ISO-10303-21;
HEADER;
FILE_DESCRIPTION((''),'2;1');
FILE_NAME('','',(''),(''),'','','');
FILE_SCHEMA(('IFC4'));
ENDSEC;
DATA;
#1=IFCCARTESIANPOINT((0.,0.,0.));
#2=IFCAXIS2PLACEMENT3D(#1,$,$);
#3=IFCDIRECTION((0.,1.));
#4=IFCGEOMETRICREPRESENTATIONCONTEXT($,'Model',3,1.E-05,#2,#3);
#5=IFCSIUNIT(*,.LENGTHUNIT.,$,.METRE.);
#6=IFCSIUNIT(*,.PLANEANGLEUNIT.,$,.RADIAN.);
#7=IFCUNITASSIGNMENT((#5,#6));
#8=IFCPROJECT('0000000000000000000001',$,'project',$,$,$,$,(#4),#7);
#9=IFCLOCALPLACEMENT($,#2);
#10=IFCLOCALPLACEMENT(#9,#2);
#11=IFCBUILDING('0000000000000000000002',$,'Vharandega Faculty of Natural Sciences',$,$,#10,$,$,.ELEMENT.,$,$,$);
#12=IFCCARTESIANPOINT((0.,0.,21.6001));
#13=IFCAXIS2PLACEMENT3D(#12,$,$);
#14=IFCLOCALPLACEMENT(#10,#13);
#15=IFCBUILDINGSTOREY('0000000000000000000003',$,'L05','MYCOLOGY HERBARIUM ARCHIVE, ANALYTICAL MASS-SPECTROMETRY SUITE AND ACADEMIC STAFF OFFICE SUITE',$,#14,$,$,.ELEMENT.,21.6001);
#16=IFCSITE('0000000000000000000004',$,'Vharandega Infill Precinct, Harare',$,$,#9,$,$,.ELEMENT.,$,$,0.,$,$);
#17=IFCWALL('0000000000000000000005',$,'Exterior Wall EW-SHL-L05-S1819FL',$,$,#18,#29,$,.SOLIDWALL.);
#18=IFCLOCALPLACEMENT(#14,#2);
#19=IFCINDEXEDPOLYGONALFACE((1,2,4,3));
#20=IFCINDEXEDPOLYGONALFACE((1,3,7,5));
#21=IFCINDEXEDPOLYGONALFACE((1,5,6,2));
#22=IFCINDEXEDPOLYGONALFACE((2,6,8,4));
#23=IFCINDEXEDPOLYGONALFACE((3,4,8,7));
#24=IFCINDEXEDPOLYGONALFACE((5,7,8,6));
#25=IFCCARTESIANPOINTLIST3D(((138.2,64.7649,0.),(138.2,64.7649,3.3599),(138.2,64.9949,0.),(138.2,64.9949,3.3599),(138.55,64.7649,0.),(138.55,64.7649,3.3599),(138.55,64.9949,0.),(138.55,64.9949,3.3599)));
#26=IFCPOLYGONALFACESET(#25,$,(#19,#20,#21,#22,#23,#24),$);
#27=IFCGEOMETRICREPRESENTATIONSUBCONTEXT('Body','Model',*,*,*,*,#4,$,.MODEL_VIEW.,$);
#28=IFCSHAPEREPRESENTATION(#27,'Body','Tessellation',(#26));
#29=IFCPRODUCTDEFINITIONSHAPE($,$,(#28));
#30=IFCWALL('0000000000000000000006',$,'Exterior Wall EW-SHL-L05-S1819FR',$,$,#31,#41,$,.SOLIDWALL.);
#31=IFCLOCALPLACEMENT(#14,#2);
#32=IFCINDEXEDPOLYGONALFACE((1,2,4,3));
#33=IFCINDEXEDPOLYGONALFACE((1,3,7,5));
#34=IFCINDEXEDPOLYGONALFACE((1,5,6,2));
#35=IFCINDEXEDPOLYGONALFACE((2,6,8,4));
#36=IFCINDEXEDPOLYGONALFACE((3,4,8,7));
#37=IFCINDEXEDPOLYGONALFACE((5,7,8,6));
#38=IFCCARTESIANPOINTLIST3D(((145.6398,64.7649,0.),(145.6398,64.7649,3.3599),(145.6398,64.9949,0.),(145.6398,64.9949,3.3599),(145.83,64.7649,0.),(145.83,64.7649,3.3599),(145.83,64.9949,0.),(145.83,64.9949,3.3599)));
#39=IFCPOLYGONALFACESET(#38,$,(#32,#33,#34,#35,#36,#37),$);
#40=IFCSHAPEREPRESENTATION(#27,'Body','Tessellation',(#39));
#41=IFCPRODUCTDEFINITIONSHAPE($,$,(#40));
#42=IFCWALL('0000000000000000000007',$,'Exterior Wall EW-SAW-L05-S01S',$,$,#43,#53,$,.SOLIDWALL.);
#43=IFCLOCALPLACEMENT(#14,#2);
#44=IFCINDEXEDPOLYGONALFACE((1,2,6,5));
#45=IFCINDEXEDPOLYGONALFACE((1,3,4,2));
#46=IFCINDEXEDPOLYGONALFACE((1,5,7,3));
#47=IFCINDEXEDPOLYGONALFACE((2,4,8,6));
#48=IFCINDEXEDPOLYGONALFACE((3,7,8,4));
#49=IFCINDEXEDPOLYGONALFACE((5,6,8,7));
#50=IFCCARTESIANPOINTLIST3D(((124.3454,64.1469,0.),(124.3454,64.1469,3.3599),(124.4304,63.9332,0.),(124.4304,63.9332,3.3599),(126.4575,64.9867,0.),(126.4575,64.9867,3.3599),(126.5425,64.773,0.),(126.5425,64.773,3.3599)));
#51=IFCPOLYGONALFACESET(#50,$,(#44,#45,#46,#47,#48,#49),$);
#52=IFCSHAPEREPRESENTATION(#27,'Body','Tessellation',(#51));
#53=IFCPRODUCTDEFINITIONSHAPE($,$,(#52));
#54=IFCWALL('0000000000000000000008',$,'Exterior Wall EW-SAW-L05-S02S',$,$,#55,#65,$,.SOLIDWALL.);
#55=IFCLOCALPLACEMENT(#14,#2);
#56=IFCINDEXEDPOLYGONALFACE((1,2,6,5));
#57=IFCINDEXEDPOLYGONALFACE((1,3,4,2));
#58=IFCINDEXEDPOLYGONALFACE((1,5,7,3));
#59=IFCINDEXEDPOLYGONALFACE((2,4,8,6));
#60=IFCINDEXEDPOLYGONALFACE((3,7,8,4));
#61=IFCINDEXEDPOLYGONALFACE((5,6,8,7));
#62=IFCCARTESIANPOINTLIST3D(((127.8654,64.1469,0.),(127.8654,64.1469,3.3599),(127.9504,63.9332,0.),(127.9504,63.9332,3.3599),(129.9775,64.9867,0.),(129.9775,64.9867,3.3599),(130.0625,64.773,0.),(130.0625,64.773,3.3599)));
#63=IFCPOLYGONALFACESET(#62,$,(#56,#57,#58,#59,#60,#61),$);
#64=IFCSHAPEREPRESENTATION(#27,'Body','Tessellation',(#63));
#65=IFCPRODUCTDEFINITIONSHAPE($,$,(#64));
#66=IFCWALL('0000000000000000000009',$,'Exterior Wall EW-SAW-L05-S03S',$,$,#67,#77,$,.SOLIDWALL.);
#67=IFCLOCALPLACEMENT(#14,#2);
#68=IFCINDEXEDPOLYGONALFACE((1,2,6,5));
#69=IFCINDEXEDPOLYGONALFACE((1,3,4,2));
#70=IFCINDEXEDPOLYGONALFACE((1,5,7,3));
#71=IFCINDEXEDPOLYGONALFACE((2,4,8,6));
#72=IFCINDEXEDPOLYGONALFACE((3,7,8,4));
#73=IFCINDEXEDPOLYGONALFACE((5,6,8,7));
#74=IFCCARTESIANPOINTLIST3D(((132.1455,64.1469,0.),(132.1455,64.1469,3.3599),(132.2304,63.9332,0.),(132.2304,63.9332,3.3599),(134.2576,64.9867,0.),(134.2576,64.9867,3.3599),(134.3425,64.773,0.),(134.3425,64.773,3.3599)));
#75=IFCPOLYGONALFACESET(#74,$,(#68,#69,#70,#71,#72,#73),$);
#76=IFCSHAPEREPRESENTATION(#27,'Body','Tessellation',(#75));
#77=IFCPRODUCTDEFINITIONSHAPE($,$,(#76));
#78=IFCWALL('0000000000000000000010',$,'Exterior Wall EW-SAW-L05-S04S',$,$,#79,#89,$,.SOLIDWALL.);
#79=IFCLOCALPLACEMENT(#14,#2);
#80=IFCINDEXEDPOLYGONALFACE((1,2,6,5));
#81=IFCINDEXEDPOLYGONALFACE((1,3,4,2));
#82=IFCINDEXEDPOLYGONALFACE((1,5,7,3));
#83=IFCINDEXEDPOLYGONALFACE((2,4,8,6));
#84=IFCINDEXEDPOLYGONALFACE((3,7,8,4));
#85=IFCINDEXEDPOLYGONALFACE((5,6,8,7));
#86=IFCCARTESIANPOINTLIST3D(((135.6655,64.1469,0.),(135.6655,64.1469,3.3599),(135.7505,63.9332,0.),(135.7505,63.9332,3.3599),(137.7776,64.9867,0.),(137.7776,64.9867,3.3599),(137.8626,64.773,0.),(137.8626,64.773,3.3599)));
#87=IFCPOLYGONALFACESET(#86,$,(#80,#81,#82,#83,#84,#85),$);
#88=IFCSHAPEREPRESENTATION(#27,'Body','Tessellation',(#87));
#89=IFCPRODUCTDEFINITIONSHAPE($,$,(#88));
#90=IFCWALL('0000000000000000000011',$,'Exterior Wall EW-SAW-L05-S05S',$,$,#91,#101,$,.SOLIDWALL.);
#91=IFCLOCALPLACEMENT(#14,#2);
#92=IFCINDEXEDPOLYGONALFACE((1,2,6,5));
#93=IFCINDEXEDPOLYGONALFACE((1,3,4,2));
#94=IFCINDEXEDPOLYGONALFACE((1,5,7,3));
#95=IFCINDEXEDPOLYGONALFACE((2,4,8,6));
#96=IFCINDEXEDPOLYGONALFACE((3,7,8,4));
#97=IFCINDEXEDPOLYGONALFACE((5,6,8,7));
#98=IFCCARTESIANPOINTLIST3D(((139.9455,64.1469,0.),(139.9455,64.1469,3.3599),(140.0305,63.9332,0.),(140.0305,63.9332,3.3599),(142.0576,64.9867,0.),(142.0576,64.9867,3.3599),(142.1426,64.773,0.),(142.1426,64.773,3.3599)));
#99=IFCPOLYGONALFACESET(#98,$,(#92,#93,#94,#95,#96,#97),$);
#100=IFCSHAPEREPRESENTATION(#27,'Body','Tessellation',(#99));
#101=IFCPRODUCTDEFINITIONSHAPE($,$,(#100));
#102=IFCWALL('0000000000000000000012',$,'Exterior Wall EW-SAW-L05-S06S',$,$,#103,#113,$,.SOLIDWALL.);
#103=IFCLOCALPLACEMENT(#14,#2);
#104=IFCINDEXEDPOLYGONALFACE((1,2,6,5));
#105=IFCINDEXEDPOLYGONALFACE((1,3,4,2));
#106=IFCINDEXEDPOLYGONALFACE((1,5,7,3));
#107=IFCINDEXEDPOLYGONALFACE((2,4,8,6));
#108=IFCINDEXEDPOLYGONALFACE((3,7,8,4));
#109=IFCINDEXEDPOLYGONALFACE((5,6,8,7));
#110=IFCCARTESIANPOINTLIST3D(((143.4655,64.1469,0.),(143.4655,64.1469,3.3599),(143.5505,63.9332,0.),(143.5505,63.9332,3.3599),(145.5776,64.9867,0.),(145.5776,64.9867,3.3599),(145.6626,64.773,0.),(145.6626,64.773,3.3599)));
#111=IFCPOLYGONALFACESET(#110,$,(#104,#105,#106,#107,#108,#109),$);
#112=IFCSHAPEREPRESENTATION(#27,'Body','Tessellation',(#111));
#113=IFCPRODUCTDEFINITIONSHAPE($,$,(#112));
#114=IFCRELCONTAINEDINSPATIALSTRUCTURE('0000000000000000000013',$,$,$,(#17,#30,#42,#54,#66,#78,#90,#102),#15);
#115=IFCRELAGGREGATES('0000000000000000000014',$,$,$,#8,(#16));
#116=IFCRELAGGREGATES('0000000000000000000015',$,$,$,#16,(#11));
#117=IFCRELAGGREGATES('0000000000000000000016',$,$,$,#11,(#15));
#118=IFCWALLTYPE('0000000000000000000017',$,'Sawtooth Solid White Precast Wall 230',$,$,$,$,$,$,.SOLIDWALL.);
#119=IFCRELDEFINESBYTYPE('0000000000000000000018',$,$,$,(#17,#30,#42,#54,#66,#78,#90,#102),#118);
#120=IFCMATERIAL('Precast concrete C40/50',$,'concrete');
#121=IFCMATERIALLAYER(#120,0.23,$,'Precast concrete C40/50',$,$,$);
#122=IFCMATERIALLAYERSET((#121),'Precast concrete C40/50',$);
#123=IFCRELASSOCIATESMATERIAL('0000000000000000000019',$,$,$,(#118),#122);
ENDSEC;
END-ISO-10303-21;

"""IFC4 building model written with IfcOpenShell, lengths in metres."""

from ifc_helpers import new_model, si_unit, direction, frame, frame_2d, origin, place, context, subcontext, project, spatial, rectangle, extrude, material, layer, layer_set, type_object, element, save


model = new_model("IFC4")

# Units and contexts
model_context = context("Model", 3, precision=1e-05, world=origin(), true_north=direction((0.0, 1.0)))
body_context = subcontext(model_context, "Body", "Model", "MODEL_VIEW")
ifc_project = project(units=[si_unit("LENGTHUNIT", "METRE"), si_unit("PLANEANGLEUNIT", "RADIAN")], contexts=[model_context])

# Site, building, storey
site_placement = place(None, origin())
site = spatial("IfcSite", under=ifc_project, at=site_placement, Name="Vharandega Infill Precinct, Harare", CompositionType="ELEMENT", RefElevation=0.0)
building_placement = place(site_placement, origin())
building = spatial("IfcBuilding", under=site, at=building_placement, Name="Vharandega Faculty of Natural Sciences", CompositionType="ELEMENT")
storey_placement = place(building_placement, frame((0.0, 0.0, 21.6001)))
storey = spatial("IfcBuildingStorey", under=building, at=storey_placement, Name="L05", Description="MYCOLOGY HERBARIUM ARCHIVE, ANALYTICAL MASS-SPECTROMETRY SUITE AND ACADEMIC STAFF OFFICE SUITE", CompositionType="ELEMENT", Elevation=21.6001)

# Walls
ifc_material_1 = material(Name="Precast concrete C40/50", Category="concrete")
ifc_layer_1 = layer(ifc_material_1, 0.23, Name="Precast concrete C40/50")
ifc_layer_set_1 = layer_set([ifc_layer_1], Name="Precast concrete C40/50")
wall_type_1 = type_object("IfcWallType", Name="Sawtooth Solid White Precast Wall 230", PredefinedType="SOLIDWALL", material=ifc_layer_set_1)
wall_1_placement = place(storey_placement, frame((138.55, 64.8799, 0.0), z_axis=(0.0, 0.0, 1.0), x_axis=(-1.0, 0.0, 0.0)))
element("IfcWall", 1, at=wall_1_placement, inside=storey, type_object=wall_type_1, Name="Exterior Wall EW-SHL-L05-S1819FL", PredefinedType="SOLIDWALL", context=body_context, shape_type="SweptSolid", body=[
    extrude(rectangle(XDim=0.3501, YDim=0.23, at=frame_2d((0.175, 0.0))), origin(), (0.0, 0.0, 1.0), 3.3599),
])
wall_2_placement = place(storey_placement, frame((145.8301, 64.8799, 0.0), z_axis=(0.0, 0.0, 1.0), x_axis=(-1.0, 0.0, 0.0)))
element("IfcWall", 2, at=wall_2_placement, inside=storey, type_object=wall_type_1, Name="Exterior Wall EW-SHL-L05-S1819FR", PredefinedType="SOLIDWALL", context=body_context, shape_type="SweptSolid", body=[
    extrude(rectangle(XDim=0.1902, YDim=0.23, at=frame_2d((0.0952, 0.0))), origin(), (0.0, 0.0, 1.0), 3.3599),
])
for number, where, z_axis, x_axis, name in (
    (3, (126.5, 64.8799, 0.0), (0.0, 0.0, 1.0), (-0.92923, -0.369501, 0.0), "Exterior Wall EW-SAW-L05-S01S"),
    (4, (130.02, 64.8799, 0.0), (0.0, 0.0, 1.0), (-0.92923, -0.369501, 0.0), "Exterior Wall EW-SAW-L05-S02S"),
    (5, (134.3, 64.8799, 0.0), (0.0, 0.0, 1.0), (-0.92923, -0.369501, 0.0), "Exterior Wall EW-SAW-L05-S03S"),
    (6, (137.8201, 64.8799, 0.0), (0.0, 0.0, 1.0), (-0.92923, -0.369501, 0.0), "Exterior Wall EW-SAW-L05-S04S"),
    (7, (142.1001, 64.8799, 0.0), (0.0, 0.0, 1.0), (-0.92923, -0.369501, 0.0), "Exterior Wall EW-SAW-L05-S05S"),
    (8, (145.6201, 64.8799, 0.0), (0.0, 0.0, 1.0), (-0.92923, -0.369501, 0.0), "Exterior Wall EW-SAW-L05-S06S"),
):
    element("IfcWall", number, at=place(storey_placement, frame(where, z_axis=z_axis, x_axis=x_axis)), inside=storey, type_object=wall_type_1, Name=name, PredefinedType="SOLIDWALL", context=body_context, shape_type="SweptSolid", body=[
        extrude(rectangle(XDim=2.2729, YDim=0.23, at=frame_2d((1.1365, 0.0))), origin(), (0.0, 0.0, 1.0), 3.3599),
    ])

save(model, "model.ifc")
